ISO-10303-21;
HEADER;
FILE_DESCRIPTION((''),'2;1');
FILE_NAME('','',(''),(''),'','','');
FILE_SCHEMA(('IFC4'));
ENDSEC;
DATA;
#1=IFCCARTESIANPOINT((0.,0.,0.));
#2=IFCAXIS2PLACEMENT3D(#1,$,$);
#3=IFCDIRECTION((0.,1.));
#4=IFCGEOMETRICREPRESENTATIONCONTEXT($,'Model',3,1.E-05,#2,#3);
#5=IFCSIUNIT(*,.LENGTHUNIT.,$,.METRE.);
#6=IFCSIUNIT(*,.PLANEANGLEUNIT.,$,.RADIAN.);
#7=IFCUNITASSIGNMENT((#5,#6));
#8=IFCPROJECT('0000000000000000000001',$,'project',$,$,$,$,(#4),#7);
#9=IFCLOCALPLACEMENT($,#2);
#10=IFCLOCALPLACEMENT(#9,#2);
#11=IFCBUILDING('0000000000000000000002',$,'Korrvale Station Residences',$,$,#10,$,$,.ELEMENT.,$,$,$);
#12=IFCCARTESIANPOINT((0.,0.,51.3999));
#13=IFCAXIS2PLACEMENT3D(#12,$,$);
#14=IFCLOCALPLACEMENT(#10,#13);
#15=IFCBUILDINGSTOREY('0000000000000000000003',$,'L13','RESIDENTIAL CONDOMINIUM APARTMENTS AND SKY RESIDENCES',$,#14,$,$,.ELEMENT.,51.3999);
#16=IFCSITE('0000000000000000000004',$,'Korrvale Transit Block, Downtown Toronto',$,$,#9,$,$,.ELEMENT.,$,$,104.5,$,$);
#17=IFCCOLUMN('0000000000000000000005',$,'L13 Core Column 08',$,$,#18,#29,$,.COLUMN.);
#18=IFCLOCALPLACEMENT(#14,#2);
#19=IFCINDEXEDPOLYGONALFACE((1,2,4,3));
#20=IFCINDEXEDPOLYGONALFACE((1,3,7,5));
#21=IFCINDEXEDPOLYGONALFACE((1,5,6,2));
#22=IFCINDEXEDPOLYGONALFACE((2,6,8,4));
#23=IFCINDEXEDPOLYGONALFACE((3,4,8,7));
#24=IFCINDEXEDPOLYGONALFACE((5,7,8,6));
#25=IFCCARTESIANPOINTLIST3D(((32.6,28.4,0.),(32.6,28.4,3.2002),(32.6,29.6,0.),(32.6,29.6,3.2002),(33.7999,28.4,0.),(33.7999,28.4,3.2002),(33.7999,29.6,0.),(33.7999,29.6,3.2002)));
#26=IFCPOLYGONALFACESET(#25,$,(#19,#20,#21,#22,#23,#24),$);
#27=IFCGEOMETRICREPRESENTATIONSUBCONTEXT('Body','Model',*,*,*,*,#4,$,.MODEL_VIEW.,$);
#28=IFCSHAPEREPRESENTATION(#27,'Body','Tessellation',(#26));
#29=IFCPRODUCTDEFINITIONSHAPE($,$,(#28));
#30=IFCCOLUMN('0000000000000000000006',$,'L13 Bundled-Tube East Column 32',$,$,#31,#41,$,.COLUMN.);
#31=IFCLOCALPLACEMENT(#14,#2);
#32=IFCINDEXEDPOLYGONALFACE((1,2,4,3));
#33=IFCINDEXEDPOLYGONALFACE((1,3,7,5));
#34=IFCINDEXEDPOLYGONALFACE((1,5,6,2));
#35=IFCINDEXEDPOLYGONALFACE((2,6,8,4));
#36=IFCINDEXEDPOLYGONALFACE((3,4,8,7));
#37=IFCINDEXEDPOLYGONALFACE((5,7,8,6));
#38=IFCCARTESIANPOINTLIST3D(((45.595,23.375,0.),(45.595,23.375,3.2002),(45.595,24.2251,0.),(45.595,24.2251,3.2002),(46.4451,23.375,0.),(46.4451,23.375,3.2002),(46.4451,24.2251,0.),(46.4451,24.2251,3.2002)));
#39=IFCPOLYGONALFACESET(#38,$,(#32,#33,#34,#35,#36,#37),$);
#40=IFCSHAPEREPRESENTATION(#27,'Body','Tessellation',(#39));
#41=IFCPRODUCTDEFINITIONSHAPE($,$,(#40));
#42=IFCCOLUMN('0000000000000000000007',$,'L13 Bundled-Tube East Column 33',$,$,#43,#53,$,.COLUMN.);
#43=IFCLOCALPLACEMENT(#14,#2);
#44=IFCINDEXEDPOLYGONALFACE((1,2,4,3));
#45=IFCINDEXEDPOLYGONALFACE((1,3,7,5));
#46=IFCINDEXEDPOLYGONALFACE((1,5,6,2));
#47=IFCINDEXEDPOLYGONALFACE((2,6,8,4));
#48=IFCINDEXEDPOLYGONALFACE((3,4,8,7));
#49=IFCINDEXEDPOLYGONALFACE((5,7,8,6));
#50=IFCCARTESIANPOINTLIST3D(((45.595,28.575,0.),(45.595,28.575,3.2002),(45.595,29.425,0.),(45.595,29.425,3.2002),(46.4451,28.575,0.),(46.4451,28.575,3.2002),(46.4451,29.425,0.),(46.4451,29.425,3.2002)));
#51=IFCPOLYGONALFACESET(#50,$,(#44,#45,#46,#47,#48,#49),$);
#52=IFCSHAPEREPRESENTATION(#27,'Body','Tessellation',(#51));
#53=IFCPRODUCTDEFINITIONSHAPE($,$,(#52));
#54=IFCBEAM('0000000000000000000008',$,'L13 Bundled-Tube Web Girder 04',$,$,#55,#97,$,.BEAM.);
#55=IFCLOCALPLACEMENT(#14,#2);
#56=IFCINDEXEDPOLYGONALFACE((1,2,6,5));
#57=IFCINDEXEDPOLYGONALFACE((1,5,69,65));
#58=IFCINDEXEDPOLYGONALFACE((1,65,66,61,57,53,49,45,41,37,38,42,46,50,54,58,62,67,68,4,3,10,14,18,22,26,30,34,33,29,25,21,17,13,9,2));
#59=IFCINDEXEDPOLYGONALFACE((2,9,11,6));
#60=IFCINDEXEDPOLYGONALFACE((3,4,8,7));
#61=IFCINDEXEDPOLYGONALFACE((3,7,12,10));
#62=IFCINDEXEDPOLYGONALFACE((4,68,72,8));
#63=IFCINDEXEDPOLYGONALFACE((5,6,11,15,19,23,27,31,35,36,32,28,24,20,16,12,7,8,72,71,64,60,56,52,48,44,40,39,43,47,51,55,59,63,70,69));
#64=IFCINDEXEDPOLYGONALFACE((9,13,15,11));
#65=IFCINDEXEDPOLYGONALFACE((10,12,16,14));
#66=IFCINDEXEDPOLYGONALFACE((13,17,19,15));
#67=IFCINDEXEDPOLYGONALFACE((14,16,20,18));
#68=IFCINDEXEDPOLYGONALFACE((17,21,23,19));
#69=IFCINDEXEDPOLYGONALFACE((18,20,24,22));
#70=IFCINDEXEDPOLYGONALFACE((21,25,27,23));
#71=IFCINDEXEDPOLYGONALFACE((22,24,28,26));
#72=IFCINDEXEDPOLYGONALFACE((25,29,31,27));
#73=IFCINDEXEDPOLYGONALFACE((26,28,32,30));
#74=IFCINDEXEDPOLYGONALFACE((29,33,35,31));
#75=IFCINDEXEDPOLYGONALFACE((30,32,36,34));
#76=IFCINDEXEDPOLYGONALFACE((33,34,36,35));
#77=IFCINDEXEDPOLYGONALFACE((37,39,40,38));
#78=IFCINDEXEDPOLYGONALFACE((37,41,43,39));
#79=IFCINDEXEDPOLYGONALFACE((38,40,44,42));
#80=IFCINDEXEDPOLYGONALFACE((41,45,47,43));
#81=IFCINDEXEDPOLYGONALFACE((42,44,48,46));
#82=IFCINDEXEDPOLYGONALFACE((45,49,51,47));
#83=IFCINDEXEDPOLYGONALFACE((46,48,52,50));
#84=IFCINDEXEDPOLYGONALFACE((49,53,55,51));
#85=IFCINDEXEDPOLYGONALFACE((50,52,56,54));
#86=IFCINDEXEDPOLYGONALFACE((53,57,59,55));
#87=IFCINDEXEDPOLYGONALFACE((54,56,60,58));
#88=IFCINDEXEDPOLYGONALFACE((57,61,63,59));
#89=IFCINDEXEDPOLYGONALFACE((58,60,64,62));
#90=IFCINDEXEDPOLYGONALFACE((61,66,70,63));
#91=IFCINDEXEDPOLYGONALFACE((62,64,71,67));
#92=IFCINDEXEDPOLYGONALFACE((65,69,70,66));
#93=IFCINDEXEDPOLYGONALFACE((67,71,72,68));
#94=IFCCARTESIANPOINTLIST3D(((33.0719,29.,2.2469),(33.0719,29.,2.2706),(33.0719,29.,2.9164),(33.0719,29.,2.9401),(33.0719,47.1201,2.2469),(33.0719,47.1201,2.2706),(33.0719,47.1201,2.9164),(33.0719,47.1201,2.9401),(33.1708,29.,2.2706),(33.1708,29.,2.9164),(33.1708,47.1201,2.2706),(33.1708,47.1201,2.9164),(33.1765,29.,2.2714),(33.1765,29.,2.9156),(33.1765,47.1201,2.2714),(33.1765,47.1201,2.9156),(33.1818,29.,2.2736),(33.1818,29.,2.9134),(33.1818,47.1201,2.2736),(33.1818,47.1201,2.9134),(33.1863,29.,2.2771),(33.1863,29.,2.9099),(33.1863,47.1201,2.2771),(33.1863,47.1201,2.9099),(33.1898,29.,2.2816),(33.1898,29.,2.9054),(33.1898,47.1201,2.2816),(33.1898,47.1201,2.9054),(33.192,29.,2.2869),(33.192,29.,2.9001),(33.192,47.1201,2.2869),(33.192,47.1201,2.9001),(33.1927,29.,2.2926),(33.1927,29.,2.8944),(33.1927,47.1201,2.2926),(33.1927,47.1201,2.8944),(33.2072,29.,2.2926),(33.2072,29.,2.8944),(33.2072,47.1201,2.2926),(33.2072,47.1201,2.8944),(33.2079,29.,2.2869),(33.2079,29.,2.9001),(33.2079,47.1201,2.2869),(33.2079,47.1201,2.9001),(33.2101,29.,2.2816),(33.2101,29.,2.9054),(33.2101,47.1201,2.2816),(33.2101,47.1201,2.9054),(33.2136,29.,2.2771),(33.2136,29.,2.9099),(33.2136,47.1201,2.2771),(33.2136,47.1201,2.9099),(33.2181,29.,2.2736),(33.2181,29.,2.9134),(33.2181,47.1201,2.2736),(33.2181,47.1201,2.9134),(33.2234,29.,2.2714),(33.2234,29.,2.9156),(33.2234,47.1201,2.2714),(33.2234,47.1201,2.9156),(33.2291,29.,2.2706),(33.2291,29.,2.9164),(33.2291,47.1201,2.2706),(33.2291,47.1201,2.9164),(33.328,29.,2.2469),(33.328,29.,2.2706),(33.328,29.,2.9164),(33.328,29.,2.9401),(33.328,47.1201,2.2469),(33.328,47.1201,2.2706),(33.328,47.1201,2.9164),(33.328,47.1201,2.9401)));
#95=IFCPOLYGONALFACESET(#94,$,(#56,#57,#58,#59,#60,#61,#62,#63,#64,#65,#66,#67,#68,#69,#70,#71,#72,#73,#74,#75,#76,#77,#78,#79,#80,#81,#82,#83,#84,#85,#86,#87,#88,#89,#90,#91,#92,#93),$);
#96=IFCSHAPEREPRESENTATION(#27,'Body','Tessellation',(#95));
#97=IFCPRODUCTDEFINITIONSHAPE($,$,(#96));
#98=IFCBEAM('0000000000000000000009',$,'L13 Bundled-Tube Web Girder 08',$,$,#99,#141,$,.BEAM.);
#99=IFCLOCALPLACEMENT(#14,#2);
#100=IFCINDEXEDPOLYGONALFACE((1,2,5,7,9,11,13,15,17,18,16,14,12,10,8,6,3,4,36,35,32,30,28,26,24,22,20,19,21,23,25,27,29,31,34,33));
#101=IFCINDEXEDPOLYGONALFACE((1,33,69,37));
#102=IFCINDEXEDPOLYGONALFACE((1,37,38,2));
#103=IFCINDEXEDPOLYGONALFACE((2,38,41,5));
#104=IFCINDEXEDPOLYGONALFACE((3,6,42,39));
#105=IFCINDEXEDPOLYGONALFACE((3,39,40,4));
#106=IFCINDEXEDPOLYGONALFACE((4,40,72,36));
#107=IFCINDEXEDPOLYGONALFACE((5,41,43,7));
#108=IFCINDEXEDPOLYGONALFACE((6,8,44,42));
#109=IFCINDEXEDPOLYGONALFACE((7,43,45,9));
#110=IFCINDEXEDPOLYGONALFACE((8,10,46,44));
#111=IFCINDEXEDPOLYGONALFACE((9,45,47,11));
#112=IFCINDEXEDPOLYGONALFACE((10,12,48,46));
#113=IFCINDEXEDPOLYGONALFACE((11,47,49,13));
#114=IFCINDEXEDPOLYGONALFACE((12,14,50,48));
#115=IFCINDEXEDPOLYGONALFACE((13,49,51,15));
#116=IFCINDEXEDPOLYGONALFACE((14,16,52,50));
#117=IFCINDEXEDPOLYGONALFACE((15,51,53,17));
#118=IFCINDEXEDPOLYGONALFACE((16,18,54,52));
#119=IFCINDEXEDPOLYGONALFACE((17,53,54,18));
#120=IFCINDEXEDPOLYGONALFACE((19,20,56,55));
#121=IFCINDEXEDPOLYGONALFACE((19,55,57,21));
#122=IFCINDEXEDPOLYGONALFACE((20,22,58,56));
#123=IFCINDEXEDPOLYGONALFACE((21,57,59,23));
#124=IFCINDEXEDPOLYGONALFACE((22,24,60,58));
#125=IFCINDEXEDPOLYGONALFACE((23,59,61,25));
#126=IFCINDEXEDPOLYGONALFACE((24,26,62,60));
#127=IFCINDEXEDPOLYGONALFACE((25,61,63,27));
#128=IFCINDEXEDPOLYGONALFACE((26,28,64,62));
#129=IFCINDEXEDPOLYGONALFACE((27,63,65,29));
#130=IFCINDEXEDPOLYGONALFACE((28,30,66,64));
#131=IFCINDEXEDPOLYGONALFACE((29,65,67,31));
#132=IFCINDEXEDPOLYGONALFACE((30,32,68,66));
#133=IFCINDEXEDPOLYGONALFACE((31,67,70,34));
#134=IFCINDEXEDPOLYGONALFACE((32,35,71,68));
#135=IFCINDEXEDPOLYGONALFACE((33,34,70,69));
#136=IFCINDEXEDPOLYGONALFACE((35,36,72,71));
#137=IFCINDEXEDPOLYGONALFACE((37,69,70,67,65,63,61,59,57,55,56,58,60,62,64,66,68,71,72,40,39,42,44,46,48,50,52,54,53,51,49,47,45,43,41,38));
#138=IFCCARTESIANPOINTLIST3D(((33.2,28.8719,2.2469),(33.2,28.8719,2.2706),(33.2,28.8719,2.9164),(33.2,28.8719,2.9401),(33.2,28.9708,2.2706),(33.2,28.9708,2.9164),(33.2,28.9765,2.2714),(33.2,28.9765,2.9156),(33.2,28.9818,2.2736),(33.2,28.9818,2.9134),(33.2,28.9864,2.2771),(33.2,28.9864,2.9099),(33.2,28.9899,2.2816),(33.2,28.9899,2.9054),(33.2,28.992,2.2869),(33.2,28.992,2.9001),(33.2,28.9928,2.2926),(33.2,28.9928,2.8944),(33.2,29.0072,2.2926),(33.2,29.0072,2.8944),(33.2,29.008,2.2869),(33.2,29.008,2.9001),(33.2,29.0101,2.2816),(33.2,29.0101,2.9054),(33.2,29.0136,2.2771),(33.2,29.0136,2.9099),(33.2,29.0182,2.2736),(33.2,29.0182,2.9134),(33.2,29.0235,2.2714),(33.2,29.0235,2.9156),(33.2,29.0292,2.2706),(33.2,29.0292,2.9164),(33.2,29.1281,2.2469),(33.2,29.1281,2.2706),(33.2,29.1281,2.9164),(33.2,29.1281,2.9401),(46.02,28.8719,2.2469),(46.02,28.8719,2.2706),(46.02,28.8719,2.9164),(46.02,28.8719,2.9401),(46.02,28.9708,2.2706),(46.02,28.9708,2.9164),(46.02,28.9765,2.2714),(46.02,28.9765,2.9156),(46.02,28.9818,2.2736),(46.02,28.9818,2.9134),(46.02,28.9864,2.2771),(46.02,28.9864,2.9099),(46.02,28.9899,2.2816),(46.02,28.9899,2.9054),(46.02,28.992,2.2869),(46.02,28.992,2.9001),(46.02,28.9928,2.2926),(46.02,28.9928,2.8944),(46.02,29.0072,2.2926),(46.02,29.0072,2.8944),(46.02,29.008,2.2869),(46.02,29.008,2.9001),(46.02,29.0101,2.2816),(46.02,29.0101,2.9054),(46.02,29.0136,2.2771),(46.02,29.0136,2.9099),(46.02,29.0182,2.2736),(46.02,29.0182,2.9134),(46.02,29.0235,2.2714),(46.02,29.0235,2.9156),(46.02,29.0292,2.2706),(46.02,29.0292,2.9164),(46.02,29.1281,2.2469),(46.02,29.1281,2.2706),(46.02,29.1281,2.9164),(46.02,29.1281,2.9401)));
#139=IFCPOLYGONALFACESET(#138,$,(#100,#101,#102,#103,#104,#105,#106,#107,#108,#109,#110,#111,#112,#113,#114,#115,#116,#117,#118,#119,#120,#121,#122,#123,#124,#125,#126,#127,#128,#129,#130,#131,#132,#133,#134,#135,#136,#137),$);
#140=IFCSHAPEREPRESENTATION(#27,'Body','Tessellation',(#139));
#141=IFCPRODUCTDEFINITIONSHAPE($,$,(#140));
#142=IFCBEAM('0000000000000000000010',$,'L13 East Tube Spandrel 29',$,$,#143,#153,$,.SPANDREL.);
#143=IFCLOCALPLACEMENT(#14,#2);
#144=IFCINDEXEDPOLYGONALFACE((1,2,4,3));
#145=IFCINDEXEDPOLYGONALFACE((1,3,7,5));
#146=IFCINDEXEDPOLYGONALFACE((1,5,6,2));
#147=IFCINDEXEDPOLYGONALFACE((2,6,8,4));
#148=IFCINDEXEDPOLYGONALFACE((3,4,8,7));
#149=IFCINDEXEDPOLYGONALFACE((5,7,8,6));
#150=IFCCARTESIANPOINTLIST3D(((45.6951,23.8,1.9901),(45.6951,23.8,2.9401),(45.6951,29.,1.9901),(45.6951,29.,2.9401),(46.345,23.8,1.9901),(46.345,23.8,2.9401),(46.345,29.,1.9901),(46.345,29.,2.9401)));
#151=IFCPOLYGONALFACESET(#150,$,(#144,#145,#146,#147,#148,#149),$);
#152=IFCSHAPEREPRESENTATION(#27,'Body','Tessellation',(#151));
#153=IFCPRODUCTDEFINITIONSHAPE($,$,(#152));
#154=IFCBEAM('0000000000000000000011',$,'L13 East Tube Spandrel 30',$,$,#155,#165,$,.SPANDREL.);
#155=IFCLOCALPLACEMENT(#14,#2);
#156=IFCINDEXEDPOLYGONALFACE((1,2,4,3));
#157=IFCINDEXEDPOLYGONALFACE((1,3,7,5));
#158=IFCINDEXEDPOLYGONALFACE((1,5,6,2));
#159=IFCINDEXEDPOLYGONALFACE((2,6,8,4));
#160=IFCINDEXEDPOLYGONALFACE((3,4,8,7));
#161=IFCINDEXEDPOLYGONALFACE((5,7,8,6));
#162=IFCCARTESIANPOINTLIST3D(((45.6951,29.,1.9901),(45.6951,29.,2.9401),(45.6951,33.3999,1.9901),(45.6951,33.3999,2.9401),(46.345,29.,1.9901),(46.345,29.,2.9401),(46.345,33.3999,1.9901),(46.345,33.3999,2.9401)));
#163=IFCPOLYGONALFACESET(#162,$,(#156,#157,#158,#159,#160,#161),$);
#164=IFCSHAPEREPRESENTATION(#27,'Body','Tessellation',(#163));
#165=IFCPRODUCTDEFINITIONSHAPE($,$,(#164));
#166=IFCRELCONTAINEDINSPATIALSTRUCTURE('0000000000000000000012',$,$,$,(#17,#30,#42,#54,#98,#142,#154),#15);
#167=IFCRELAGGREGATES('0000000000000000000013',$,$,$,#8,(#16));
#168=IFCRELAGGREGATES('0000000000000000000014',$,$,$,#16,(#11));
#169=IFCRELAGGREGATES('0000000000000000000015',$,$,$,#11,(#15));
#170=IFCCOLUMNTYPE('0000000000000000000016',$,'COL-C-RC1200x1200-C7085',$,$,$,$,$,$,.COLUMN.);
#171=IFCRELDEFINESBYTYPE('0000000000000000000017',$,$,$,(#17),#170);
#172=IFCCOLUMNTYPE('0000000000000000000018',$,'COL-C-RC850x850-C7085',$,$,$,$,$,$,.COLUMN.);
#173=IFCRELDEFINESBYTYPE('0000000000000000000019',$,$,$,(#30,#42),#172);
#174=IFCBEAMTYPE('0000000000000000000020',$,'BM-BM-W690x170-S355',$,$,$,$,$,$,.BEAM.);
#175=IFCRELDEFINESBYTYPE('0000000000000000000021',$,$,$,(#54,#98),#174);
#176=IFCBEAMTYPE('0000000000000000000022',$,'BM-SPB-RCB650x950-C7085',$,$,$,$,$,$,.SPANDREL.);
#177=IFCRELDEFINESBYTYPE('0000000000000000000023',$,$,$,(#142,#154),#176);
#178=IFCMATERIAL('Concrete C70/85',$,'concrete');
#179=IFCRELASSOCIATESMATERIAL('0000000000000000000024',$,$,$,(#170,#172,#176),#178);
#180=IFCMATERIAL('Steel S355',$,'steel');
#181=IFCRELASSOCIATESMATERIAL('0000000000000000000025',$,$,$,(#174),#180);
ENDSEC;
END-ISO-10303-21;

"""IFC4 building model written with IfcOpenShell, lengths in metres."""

from ifc_helpers import new_model, si_unit, direction, frame, origin, origin_2d, place, context, subcontext, project, spatial, rectangle, i_section, extrude, material, material_profile, profile_set, type_object, element, save


model = new_model("IFC4")

# Units and contexts
model_context = context("Model", 3, precision=1e-05, world=origin(), true_north=direction((0.0, 1.0)))
body_context = subcontext(model_context, "Body", "Model", "MODEL_VIEW")
ifc_project = project(units=[si_unit("LENGTHUNIT", "METRE"), si_unit("PLANEANGLEUNIT", "RADIAN")], contexts=[model_context])

# Site, building, storey
site_placement = place(None, origin())
site = spatial("IfcSite", under=ifc_project, at=site_placement, Name="Korrvale Transit Block, Downtown Toronto", CompositionType="ELEMENT", RefElevation=104.5)
building_placement = place(site_placement, origin())
building = spatial("IfcBuilding", under=site, at=building_placement, Name="Korrvale Station Residences", CompositionType="ELEMENT")
storey_placement = place(building_placement, frame((0.0, 0.0, 51.3999)))
storey = spatial("IfcBuildingStorey", under=building, at=storey_placement, Name="L13", Description="RESIDENTIAL CONDOMINIUM APARTMENTS AND SKY RESIDENCES", CompositionType="ELEMENT", Elevation=51.3999)

# Columns
ifc_material_1 = material(Name="Concrete C70/85", Category="concrete")
ifc_material_profile_1 = material_profile(ifc_material_1, rectangle(XDim=1.2, YDim=1.2, at=origin_2d()), Name="RC1200x1200")
ifc_profile_set_1 = profile_set([ifc_material_profile_1], Name="Concrete C70/85")
column_type_1 = type_object("IfcColumnType", Name="COL-C-RC1200x1200-C7085", PredefinedType="COLUMN", material=ifc_profile_set_1)
column_placement = place(storey_placement, frame((33.2, 29.0, 0.0), z_axis=(0.0, 0.0, 1.0), x_axis=(1.0, 0.0, 0.0)))
element("IfcColumn", 1, at=column_placement, inside=storey, type_object=column_type_1, Name="L13 Core Column 08", PredefinedType="COLUMN", context=body_context, shape_type="SweptSolid", body=[
    extrude(rectangle(XDim=1.2, YDim=1.2, at=origin_2d()), origin(), (0.0, 0.0, 1.0), 3.2002),
])
ifc_material_profile_2 = material_profile(ifc_material_1, rectangle(XDim=0.8501, YDim=0.8501, at=origin_2d()), Name="RC850x850")
ifc_profile_set_2 = profile_set([ifc_material_profile_2], Name="Concrete C70/85")
column_type_2 = type_object("IfcColumnType", Name="COL-C-RC850x850-C7085", PredefinedType="COLUMN", material=ifc_profile_set_2)
for number, where, z_axis, x_axis, name in (
    (2, (46.02, 23.8, 0.0), (0.0, 0.0, 1.0), (1.0, 0.0, 0.0), "L13 Bundled-Tube East Column 32"),
    (3, (46.02, 29.0, 0.0), (0.0, 0.0, 1.0), (1.0, 0.0, 0.0), "L13 Bundled-Tube East Column 33"),
):
    element("IfcColumn", number, at=place(storey_placement, frame(where, z_axis=z_axis, x_axis=x_axis)), inside=storey, type_object=column_type_2, Name=name, PredefinedType="COLUMN", context=body_context, shape_type="SweptSolid", body=[
        extrude(rectangle(XDim=0.8501, YDim=0.8501, at=origin_2d()), origin(), (0.0, 0.0, 1.0), 3.2002),
    ])

# Beams
ifc_material_2 = material(Name="Steel S355", Category="steel")
ifc_material_profile_3 = material_profile(ifc_material_2, i_section(OverallWidth=0.2561, OverallDepth=0.6931, WebThickness=0.0144, FlangeThickness=0.0237, FilletRadius=0.022, at=origin_2d()), Name="W690x170")
ifc_profile_set_3 = profile_set([ifc_material_profile_3], Name="Steel S355")
beam_type_1 = type_object("IfcBeamType", Name="BM-BM-W690x170-S355", PredefinedType="BEAM", material=ifc_profile_set_3)
beam_1_placement = place(storey_placement, frame((33.2, 29.0, 2.5935), z_axis=(0.0, 1.0, 0.0), x_axis=(-1.0, 0.0, 0.0)))
element("IfcBeam", 4, at=beam_1_placement, inside=storey, type_object=beam_type_1, Name="L13 Bundled-Tube Web Girder 04", PredefinedType="BEAM", context=body_context, shape_type="SweptSolid", body=[
    extrude(i_section(OverallWidth=0.2561, OverallDepth=0.6931, WebThickness=0.0144, FlangeThickness=0.0237, FilletRadius=0.022, at=origin_2d()), origin(), (0.0, 0.0, 1.0), 18.1201),
])
beam_2_placement = place(storey_placement, frame((33.2, 29.0, 2.5935), z_axis=(1.0, 0.0, 0.0), x_axis=(0.0, 1.0, 0.0)))
element("IfcBeam", 5, at=beam_2_placement, inside=storey, type_object=beam_type_1, Name="L13 Bundled-Tube Web Girder 08", PredefinedType="BEAM", context=body_context, shape_type="SweptSolid", body=[
    extrude(i_section(OverallWidth=0.2561, OverallDepth=0.6931, WebThickness=0.0144, FlangeThickness=0.0237, FilletRadius=0.022, at=origin_2d()), origin(), (0.0, 0.0, 1.0), 12.8201),
])
ifc_material_profile_4 = material_profile(ifc_material_1, rectangle(XDim=0.6499, YDim=0.95, at=origin_2d()), Name="RCB650x950")
ifc_profile_set_4 = profile_set([ifc_material_profile_4], Name="Concrete C70/85")
beam_type_2 = type_object("IfcBeamType", Name="BM-SPB-RCB650x950-C7085", PredefinedType="SPANDREL", material=ifc_profile_set_4)
beam_3_placement = place(storey_placement, frame((46.02, 23.8, 2.4651), z_axis=(0.0, 1.0, 0.0), x_axis=(-1.0, 0.0, 0.0)))
element("IfcBeam", 6, at=beam_3_placement, inside=storey, type_object=beam_type_2, Name="L13 East Tube Spandrel 29", PredefinedType="SPANDREL", context=body_context, shape_type="SweptSolid", body=[
    extrude(rectangle(XDim=0.6499, YDim=0.95, at=origin_2d()), origin(), (0.0, 0.0, 1.0), 5.2),
])
beam_4_placement = place(storey_placement, frame((46.02, 29.0, 2.4651), z_axis=(0.0, 1.0, 0.0), x_axis=(-1.0, 0.0, 0.0)))
element("IfcBeam", 7, at=beam_4_placement, inside=storey, type_object=beam_type_2, Name="L13 East Tube Spandrel 30", PredefinedType="SPANDREL", context=body_context, shape_type="SweptSolid", body=[
    extrude(rectangle(XDim=0.6499, YDim=0.95, at=origin_2d()), origin(), (0.0, 0.0, 1.0), 4.3999),
])

save(model, "model.ifc")
